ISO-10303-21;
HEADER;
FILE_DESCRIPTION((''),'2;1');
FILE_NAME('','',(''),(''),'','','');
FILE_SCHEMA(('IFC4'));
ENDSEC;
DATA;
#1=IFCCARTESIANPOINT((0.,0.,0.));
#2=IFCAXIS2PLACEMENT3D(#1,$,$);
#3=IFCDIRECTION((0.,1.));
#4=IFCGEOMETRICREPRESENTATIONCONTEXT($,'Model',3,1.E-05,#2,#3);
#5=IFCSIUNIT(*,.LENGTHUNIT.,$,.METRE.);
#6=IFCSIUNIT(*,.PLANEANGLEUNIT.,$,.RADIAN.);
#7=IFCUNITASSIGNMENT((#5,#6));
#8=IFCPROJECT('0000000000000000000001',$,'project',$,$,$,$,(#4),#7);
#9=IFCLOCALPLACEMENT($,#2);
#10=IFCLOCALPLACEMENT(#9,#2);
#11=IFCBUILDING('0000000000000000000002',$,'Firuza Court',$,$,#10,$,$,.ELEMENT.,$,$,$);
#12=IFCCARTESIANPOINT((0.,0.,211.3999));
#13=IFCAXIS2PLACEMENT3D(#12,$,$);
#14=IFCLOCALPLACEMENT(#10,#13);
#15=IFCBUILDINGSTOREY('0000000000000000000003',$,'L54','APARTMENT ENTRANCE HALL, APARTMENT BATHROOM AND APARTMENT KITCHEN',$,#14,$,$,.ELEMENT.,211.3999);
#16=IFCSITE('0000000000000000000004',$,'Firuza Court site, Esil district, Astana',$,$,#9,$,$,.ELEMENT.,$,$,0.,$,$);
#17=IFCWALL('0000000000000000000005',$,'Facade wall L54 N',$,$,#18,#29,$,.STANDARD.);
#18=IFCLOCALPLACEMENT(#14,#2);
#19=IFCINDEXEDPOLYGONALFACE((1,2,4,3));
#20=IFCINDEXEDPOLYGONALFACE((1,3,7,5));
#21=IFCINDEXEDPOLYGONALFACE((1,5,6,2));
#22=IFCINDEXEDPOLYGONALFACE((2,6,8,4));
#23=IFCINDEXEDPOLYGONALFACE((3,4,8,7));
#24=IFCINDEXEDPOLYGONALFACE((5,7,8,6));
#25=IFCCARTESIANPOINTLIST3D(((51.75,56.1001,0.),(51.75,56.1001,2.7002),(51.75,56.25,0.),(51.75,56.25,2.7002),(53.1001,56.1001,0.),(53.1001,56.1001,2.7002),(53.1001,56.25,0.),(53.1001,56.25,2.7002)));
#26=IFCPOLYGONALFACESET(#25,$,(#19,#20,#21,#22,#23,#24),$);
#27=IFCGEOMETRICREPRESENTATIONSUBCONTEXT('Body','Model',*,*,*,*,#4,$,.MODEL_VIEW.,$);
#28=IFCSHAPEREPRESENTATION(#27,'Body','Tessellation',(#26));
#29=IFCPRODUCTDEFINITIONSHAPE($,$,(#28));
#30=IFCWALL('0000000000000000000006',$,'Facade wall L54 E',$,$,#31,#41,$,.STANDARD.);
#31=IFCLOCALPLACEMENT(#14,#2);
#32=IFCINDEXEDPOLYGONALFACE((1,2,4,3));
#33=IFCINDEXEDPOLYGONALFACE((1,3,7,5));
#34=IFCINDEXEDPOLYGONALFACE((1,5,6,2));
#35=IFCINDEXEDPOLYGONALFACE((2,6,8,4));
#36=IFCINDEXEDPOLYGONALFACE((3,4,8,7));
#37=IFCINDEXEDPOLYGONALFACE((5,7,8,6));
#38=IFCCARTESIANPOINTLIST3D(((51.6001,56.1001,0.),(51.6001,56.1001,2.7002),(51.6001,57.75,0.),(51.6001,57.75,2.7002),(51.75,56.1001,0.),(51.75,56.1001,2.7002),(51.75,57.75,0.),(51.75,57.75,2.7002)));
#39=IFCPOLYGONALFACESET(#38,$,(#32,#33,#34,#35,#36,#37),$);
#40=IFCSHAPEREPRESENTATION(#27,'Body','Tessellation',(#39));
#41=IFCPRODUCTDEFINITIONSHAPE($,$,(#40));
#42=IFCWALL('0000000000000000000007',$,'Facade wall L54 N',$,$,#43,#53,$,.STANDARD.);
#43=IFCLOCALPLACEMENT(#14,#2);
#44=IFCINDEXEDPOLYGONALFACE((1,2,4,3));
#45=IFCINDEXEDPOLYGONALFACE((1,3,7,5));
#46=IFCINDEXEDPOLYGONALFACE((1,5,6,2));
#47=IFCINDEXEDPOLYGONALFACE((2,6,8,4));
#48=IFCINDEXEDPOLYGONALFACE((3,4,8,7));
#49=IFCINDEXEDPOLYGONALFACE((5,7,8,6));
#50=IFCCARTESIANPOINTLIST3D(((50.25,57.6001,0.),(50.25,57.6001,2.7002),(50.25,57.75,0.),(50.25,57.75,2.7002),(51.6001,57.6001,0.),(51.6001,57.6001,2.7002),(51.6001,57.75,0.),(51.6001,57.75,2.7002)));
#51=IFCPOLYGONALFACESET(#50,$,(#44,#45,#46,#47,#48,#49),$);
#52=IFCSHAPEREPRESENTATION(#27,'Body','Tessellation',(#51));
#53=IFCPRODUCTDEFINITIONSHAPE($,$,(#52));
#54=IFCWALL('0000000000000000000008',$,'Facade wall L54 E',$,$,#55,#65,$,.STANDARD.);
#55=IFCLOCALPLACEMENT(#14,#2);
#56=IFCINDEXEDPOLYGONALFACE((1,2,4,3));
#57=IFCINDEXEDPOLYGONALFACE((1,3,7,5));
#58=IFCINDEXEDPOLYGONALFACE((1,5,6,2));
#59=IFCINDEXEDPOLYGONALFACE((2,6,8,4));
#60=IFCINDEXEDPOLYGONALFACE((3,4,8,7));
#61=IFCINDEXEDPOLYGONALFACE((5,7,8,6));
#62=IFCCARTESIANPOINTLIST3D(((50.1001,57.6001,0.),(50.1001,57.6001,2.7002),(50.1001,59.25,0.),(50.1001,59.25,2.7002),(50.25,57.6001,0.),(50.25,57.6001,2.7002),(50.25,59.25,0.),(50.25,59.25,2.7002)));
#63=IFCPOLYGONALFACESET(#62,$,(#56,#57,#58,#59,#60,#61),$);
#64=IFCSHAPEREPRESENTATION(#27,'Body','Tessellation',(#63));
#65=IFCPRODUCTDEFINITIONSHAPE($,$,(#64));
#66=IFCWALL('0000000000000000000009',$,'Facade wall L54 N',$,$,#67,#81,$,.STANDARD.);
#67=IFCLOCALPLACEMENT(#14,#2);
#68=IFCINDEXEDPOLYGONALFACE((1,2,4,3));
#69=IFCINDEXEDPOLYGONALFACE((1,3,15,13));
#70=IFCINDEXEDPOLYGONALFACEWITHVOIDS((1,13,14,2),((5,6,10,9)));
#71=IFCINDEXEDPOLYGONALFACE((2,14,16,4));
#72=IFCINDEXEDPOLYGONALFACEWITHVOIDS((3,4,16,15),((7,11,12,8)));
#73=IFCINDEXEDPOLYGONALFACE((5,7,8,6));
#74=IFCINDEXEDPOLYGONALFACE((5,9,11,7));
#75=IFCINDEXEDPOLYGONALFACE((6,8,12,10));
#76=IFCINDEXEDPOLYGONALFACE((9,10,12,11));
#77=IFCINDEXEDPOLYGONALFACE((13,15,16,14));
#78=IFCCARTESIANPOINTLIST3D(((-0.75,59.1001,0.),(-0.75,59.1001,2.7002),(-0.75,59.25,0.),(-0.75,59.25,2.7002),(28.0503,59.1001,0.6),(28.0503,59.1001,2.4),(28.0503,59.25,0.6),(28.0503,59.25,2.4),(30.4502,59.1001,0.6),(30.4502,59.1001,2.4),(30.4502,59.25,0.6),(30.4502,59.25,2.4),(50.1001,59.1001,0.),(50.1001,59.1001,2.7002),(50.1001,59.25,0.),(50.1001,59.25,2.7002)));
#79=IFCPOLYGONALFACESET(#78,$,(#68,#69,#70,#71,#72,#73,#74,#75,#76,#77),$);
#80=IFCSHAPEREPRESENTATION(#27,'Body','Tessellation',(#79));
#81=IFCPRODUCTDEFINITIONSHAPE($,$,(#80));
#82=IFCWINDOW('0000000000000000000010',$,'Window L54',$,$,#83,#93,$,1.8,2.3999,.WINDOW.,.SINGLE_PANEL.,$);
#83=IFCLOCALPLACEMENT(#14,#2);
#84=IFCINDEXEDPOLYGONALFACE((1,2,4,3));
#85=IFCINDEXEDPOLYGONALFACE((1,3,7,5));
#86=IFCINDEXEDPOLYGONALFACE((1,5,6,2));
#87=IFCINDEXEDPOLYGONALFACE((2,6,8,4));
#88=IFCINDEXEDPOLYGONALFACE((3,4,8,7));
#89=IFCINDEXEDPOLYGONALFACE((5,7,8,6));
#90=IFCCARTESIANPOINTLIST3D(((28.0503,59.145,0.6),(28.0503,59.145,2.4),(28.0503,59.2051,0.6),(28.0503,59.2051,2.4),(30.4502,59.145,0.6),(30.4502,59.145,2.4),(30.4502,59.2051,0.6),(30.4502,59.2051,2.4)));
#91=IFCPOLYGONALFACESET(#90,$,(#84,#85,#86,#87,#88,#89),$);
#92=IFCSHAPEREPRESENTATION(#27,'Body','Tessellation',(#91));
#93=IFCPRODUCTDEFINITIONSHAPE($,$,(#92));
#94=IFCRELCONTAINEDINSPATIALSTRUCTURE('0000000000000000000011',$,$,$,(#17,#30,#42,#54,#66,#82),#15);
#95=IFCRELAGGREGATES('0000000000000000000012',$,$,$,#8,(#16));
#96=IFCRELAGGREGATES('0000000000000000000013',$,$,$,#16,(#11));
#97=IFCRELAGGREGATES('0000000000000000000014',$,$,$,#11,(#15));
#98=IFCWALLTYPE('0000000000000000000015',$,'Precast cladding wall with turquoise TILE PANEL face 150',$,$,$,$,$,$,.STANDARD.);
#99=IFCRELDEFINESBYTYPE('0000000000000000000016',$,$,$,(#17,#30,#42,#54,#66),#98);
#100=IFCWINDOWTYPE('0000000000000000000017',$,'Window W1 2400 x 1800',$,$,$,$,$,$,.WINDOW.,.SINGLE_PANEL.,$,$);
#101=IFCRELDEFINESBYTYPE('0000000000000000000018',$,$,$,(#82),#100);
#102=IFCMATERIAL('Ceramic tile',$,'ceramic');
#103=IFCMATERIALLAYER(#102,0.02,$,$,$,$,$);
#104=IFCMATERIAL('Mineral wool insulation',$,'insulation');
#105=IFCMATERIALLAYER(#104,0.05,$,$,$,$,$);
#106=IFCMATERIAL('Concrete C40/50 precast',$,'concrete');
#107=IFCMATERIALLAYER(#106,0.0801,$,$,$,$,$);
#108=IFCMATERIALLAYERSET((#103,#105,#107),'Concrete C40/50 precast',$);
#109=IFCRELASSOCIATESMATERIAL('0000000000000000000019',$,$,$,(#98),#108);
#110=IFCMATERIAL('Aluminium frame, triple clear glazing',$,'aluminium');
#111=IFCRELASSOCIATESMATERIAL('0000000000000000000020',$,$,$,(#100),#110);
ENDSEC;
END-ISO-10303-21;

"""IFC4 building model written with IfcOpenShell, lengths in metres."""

from ifc_helpers import new_model, si_unit, direction, frame, frame_2d, origin, place, context, subcontext, project, spatial, rectangle, extrude, material, layer, layer_set, type_object, element, fill, save


model = new_model("IFC4")

# Units and contexts
model_context = context("Model", 3, precision=1e-05, world=origin(), true_north=direction((0.0, 1.0)))
body_context = subcontext(model_context, "Body", "Model", "MODEL_VIEW")
ifc_project = project(units=[si_unit("LENGTHUNIT", "METRE"), si_unit("PLANEANGLEUNIT", "RADIAN")], contexts=[model_context])

# Site, building, storey
site_placement = place(None, origin())
site = spatial("IfcSite", under=ifc_project, at=site_placement, Name="Firuza Court site, Esil district, Astana", CompositionType="ELEMENT", RefElevation=0.0)
building_placement = place(site_placement, origin())
building = spatial("IfcBuilding", under=site, at=building_placement, Name="Firuza Court", CompositionType="ELEMENT")
storey_placement = place(building_placement, frame((0.0, 0.0, 211.3999)))
storey = spatial("IfcBuildingStorey", under=building, at=storey_placement, Name="L54", Description="APARTMENT ENTRANCE HALL, APARTMENT BATHROOM AND APARTMENT KITCHEN", CompositionType="ELEMENT", Elevation=211.3999)

# Walls
ifc_material_1 = material(Name="Ceramic tile", Category="ceramic")
ifc_layer_1 = layer(ifc_material_1, 0.02)
ifc_material_2 = material(Name="Mineral wool insulation", Category="insulation")
ifc_layer_2 = layer(ifc_material_2, 0.05)
ifc_material_3 = material(Name="Concrete C40/50 precast", Category="concrete")
ifc_layer_3 = layer(ifc_material_3, 0.0801)
ifc_layer_set_1 = layer_set([ifc_layer_1, ifc_layer_2, ifc_layer_3], Name="Concrete C40/50 precast")
wall_type_1 = type_object("IfcWallType", Name="Precast cladding wall with turquoise TILE PANEL face 150", PredefinedType="STANDARD", material=ifc_layer_set_1)
wall_1_placement = place(storey_placement, frame((53.1001, 56.175, 0.0), z_axis=(0.0, 0.0, 1.0), x_axis=(-1.0, 0.0, 0.0)))
element("IfcWall", 1, at=wall_1_placement, inside=storey, type_object=wall_type_1, Name="Facade wall L54 N", PredefinedType="STANDARD", context=body_context, shape_type="SweptSolid", body=[
    extrude(rectangle(XDim=1.3501, YDim=0.1499, at=frame_2d((0.675, 0.0))), origin(), (0.0, 0.0, 1.0), 2.7002),
])
wall_2_placement = place(storey_placement, frame((51.675, 56.1001, 0.0), z_axis=(0.0, 0.0, 1.0), x_axis=(0.0, 1.0, 0.0)))
element("IfcWall", 2, at=wall_2_placement, inside=storey, type_object=wall_type_1, Name="Facade wall L54 E", PredefinedType="STANDARD", context=body_context, shape_type="SweptSolid", body=[
    extrude(rectangle(XDim=1.6499, YDim=0.1499, at=frame_2d((0.825, 0.0))), origin(), (0.0, 0.0, 1.0), 2.7002),
])
wall_3_placement = place(storey_placement, frame((51.6001, 57.675, 0.0), z_axis=(0.0, 0.0, 1.0), x_axis=(-1.0, 0.0, 0.0)))
element("IfcWall", 3, at=wall_3_placement, inside=storey, type_object=wall_type_1, Name="Facade wall L54 N", PredefinedType="STANDARD", context=body_context, shape_type="SweptSolid", body=[
    extrude(rectangle(XDim=1.3501, YDim=0.1499, at=frame_2d((0.675, 0.0))), origin(), (0.0, 0.0, 1.0), 2.7002),
])
wall_4_placement = place(storey_placement, frame((50.175, 57.6001, 0.0), z_axis=(0.0, 0.0, 1.0), x_axis=(0.0, 1.0, 0.0)))
element("IfcWall", 4, at=wall_4_placement, inside=storey, type_object=wall_type_1, Name="Facade wall L54 E", PredefinedType="STANDARD", context=body_context, shape_type="SweptSolid", body=[
    extrude(rectangle(XDim=1.6499, YDim=0.1499, at=frame_2d((0.825, 0.0))), origin(), (0.0, 0.0, 1.0), 2.7002),
])

# Wall, opening, window
wall_5_placement = place(storey_placement, frame((50.1001, 59.175, 0.0), z_axis=(0.0, 0.0, 1.0), x_axis=(-1.0, 0.0, 0.0)))
wall_5 = element("IfcWall", 5, at=wall_5_placement, inside=storey, type_object=wall_type_1, Name="Facade wall L54 N", PredefinedType="STANDARD", context=body_context, shape_type="SweptSolid", body=[
    extrude(rectangle(XDim=50.8501, YDim=0.1499, at=frame_2d((25.425, 0.0))), origin(), (0.0, 0.0, 1.0), 2.7002),
])
opening_1_placement = place(wall_5_placement, frame((19.6499, 0.0, 0.6001)))
opening_1 = element("IfcOpeningElement", 6, at=opening_1_placement, cuts=wall_5, PredefinedType="OPENING", context=body_context, shape_type="SweptSolid", body=[
    extrude(rectangle(XDim=2.3999, YDim=1.8, at=frame_2d((1.2, 0.8999))), frame((0.0, 0.0869, 0.0), z_axis=(0.0, -1.0, 0.0), x_axis=(1.0, 0.0, 0.0)), (0.0, 0.0, 1.0), 0.1738),
])
ifc_material_4 = material(Name="Aluminium frame, triple clear glazing", Category="aluminium")
window_type = type_object("IfcWindowType", Name="Window W1 2400 x 1800", PartitioningType="SINGLE_PANEL", PredefinedType="WINDOW", material=ifc_material_4)
window_placement = place(opening_1_placement, origin())
window = element("IfcWindow", 7, at=window_placement, inside=storey, type_object=window_type, Name="Window L54", OverallHeight=1.8, OverallWidth=2.3999, PartitioningType="SINGLE_PANEL", PredefinedType="WINDOW", context=body_context, shape_type="SweptSolid", body=[
    extrude(rectangle(XDim=2.3999, YDim=1.8, at=frame_2d((1.2, 0.8999))), frame((0.0, 0.03, 0.0), z_axis=(0.0, -1.0, 0.0), x_axis=(1.0, 0.0, 0.0)), (0.0, 0.0, 1.0), 0.0601),
])
fill(opening_1, window)

save(model, "model.ifc")
